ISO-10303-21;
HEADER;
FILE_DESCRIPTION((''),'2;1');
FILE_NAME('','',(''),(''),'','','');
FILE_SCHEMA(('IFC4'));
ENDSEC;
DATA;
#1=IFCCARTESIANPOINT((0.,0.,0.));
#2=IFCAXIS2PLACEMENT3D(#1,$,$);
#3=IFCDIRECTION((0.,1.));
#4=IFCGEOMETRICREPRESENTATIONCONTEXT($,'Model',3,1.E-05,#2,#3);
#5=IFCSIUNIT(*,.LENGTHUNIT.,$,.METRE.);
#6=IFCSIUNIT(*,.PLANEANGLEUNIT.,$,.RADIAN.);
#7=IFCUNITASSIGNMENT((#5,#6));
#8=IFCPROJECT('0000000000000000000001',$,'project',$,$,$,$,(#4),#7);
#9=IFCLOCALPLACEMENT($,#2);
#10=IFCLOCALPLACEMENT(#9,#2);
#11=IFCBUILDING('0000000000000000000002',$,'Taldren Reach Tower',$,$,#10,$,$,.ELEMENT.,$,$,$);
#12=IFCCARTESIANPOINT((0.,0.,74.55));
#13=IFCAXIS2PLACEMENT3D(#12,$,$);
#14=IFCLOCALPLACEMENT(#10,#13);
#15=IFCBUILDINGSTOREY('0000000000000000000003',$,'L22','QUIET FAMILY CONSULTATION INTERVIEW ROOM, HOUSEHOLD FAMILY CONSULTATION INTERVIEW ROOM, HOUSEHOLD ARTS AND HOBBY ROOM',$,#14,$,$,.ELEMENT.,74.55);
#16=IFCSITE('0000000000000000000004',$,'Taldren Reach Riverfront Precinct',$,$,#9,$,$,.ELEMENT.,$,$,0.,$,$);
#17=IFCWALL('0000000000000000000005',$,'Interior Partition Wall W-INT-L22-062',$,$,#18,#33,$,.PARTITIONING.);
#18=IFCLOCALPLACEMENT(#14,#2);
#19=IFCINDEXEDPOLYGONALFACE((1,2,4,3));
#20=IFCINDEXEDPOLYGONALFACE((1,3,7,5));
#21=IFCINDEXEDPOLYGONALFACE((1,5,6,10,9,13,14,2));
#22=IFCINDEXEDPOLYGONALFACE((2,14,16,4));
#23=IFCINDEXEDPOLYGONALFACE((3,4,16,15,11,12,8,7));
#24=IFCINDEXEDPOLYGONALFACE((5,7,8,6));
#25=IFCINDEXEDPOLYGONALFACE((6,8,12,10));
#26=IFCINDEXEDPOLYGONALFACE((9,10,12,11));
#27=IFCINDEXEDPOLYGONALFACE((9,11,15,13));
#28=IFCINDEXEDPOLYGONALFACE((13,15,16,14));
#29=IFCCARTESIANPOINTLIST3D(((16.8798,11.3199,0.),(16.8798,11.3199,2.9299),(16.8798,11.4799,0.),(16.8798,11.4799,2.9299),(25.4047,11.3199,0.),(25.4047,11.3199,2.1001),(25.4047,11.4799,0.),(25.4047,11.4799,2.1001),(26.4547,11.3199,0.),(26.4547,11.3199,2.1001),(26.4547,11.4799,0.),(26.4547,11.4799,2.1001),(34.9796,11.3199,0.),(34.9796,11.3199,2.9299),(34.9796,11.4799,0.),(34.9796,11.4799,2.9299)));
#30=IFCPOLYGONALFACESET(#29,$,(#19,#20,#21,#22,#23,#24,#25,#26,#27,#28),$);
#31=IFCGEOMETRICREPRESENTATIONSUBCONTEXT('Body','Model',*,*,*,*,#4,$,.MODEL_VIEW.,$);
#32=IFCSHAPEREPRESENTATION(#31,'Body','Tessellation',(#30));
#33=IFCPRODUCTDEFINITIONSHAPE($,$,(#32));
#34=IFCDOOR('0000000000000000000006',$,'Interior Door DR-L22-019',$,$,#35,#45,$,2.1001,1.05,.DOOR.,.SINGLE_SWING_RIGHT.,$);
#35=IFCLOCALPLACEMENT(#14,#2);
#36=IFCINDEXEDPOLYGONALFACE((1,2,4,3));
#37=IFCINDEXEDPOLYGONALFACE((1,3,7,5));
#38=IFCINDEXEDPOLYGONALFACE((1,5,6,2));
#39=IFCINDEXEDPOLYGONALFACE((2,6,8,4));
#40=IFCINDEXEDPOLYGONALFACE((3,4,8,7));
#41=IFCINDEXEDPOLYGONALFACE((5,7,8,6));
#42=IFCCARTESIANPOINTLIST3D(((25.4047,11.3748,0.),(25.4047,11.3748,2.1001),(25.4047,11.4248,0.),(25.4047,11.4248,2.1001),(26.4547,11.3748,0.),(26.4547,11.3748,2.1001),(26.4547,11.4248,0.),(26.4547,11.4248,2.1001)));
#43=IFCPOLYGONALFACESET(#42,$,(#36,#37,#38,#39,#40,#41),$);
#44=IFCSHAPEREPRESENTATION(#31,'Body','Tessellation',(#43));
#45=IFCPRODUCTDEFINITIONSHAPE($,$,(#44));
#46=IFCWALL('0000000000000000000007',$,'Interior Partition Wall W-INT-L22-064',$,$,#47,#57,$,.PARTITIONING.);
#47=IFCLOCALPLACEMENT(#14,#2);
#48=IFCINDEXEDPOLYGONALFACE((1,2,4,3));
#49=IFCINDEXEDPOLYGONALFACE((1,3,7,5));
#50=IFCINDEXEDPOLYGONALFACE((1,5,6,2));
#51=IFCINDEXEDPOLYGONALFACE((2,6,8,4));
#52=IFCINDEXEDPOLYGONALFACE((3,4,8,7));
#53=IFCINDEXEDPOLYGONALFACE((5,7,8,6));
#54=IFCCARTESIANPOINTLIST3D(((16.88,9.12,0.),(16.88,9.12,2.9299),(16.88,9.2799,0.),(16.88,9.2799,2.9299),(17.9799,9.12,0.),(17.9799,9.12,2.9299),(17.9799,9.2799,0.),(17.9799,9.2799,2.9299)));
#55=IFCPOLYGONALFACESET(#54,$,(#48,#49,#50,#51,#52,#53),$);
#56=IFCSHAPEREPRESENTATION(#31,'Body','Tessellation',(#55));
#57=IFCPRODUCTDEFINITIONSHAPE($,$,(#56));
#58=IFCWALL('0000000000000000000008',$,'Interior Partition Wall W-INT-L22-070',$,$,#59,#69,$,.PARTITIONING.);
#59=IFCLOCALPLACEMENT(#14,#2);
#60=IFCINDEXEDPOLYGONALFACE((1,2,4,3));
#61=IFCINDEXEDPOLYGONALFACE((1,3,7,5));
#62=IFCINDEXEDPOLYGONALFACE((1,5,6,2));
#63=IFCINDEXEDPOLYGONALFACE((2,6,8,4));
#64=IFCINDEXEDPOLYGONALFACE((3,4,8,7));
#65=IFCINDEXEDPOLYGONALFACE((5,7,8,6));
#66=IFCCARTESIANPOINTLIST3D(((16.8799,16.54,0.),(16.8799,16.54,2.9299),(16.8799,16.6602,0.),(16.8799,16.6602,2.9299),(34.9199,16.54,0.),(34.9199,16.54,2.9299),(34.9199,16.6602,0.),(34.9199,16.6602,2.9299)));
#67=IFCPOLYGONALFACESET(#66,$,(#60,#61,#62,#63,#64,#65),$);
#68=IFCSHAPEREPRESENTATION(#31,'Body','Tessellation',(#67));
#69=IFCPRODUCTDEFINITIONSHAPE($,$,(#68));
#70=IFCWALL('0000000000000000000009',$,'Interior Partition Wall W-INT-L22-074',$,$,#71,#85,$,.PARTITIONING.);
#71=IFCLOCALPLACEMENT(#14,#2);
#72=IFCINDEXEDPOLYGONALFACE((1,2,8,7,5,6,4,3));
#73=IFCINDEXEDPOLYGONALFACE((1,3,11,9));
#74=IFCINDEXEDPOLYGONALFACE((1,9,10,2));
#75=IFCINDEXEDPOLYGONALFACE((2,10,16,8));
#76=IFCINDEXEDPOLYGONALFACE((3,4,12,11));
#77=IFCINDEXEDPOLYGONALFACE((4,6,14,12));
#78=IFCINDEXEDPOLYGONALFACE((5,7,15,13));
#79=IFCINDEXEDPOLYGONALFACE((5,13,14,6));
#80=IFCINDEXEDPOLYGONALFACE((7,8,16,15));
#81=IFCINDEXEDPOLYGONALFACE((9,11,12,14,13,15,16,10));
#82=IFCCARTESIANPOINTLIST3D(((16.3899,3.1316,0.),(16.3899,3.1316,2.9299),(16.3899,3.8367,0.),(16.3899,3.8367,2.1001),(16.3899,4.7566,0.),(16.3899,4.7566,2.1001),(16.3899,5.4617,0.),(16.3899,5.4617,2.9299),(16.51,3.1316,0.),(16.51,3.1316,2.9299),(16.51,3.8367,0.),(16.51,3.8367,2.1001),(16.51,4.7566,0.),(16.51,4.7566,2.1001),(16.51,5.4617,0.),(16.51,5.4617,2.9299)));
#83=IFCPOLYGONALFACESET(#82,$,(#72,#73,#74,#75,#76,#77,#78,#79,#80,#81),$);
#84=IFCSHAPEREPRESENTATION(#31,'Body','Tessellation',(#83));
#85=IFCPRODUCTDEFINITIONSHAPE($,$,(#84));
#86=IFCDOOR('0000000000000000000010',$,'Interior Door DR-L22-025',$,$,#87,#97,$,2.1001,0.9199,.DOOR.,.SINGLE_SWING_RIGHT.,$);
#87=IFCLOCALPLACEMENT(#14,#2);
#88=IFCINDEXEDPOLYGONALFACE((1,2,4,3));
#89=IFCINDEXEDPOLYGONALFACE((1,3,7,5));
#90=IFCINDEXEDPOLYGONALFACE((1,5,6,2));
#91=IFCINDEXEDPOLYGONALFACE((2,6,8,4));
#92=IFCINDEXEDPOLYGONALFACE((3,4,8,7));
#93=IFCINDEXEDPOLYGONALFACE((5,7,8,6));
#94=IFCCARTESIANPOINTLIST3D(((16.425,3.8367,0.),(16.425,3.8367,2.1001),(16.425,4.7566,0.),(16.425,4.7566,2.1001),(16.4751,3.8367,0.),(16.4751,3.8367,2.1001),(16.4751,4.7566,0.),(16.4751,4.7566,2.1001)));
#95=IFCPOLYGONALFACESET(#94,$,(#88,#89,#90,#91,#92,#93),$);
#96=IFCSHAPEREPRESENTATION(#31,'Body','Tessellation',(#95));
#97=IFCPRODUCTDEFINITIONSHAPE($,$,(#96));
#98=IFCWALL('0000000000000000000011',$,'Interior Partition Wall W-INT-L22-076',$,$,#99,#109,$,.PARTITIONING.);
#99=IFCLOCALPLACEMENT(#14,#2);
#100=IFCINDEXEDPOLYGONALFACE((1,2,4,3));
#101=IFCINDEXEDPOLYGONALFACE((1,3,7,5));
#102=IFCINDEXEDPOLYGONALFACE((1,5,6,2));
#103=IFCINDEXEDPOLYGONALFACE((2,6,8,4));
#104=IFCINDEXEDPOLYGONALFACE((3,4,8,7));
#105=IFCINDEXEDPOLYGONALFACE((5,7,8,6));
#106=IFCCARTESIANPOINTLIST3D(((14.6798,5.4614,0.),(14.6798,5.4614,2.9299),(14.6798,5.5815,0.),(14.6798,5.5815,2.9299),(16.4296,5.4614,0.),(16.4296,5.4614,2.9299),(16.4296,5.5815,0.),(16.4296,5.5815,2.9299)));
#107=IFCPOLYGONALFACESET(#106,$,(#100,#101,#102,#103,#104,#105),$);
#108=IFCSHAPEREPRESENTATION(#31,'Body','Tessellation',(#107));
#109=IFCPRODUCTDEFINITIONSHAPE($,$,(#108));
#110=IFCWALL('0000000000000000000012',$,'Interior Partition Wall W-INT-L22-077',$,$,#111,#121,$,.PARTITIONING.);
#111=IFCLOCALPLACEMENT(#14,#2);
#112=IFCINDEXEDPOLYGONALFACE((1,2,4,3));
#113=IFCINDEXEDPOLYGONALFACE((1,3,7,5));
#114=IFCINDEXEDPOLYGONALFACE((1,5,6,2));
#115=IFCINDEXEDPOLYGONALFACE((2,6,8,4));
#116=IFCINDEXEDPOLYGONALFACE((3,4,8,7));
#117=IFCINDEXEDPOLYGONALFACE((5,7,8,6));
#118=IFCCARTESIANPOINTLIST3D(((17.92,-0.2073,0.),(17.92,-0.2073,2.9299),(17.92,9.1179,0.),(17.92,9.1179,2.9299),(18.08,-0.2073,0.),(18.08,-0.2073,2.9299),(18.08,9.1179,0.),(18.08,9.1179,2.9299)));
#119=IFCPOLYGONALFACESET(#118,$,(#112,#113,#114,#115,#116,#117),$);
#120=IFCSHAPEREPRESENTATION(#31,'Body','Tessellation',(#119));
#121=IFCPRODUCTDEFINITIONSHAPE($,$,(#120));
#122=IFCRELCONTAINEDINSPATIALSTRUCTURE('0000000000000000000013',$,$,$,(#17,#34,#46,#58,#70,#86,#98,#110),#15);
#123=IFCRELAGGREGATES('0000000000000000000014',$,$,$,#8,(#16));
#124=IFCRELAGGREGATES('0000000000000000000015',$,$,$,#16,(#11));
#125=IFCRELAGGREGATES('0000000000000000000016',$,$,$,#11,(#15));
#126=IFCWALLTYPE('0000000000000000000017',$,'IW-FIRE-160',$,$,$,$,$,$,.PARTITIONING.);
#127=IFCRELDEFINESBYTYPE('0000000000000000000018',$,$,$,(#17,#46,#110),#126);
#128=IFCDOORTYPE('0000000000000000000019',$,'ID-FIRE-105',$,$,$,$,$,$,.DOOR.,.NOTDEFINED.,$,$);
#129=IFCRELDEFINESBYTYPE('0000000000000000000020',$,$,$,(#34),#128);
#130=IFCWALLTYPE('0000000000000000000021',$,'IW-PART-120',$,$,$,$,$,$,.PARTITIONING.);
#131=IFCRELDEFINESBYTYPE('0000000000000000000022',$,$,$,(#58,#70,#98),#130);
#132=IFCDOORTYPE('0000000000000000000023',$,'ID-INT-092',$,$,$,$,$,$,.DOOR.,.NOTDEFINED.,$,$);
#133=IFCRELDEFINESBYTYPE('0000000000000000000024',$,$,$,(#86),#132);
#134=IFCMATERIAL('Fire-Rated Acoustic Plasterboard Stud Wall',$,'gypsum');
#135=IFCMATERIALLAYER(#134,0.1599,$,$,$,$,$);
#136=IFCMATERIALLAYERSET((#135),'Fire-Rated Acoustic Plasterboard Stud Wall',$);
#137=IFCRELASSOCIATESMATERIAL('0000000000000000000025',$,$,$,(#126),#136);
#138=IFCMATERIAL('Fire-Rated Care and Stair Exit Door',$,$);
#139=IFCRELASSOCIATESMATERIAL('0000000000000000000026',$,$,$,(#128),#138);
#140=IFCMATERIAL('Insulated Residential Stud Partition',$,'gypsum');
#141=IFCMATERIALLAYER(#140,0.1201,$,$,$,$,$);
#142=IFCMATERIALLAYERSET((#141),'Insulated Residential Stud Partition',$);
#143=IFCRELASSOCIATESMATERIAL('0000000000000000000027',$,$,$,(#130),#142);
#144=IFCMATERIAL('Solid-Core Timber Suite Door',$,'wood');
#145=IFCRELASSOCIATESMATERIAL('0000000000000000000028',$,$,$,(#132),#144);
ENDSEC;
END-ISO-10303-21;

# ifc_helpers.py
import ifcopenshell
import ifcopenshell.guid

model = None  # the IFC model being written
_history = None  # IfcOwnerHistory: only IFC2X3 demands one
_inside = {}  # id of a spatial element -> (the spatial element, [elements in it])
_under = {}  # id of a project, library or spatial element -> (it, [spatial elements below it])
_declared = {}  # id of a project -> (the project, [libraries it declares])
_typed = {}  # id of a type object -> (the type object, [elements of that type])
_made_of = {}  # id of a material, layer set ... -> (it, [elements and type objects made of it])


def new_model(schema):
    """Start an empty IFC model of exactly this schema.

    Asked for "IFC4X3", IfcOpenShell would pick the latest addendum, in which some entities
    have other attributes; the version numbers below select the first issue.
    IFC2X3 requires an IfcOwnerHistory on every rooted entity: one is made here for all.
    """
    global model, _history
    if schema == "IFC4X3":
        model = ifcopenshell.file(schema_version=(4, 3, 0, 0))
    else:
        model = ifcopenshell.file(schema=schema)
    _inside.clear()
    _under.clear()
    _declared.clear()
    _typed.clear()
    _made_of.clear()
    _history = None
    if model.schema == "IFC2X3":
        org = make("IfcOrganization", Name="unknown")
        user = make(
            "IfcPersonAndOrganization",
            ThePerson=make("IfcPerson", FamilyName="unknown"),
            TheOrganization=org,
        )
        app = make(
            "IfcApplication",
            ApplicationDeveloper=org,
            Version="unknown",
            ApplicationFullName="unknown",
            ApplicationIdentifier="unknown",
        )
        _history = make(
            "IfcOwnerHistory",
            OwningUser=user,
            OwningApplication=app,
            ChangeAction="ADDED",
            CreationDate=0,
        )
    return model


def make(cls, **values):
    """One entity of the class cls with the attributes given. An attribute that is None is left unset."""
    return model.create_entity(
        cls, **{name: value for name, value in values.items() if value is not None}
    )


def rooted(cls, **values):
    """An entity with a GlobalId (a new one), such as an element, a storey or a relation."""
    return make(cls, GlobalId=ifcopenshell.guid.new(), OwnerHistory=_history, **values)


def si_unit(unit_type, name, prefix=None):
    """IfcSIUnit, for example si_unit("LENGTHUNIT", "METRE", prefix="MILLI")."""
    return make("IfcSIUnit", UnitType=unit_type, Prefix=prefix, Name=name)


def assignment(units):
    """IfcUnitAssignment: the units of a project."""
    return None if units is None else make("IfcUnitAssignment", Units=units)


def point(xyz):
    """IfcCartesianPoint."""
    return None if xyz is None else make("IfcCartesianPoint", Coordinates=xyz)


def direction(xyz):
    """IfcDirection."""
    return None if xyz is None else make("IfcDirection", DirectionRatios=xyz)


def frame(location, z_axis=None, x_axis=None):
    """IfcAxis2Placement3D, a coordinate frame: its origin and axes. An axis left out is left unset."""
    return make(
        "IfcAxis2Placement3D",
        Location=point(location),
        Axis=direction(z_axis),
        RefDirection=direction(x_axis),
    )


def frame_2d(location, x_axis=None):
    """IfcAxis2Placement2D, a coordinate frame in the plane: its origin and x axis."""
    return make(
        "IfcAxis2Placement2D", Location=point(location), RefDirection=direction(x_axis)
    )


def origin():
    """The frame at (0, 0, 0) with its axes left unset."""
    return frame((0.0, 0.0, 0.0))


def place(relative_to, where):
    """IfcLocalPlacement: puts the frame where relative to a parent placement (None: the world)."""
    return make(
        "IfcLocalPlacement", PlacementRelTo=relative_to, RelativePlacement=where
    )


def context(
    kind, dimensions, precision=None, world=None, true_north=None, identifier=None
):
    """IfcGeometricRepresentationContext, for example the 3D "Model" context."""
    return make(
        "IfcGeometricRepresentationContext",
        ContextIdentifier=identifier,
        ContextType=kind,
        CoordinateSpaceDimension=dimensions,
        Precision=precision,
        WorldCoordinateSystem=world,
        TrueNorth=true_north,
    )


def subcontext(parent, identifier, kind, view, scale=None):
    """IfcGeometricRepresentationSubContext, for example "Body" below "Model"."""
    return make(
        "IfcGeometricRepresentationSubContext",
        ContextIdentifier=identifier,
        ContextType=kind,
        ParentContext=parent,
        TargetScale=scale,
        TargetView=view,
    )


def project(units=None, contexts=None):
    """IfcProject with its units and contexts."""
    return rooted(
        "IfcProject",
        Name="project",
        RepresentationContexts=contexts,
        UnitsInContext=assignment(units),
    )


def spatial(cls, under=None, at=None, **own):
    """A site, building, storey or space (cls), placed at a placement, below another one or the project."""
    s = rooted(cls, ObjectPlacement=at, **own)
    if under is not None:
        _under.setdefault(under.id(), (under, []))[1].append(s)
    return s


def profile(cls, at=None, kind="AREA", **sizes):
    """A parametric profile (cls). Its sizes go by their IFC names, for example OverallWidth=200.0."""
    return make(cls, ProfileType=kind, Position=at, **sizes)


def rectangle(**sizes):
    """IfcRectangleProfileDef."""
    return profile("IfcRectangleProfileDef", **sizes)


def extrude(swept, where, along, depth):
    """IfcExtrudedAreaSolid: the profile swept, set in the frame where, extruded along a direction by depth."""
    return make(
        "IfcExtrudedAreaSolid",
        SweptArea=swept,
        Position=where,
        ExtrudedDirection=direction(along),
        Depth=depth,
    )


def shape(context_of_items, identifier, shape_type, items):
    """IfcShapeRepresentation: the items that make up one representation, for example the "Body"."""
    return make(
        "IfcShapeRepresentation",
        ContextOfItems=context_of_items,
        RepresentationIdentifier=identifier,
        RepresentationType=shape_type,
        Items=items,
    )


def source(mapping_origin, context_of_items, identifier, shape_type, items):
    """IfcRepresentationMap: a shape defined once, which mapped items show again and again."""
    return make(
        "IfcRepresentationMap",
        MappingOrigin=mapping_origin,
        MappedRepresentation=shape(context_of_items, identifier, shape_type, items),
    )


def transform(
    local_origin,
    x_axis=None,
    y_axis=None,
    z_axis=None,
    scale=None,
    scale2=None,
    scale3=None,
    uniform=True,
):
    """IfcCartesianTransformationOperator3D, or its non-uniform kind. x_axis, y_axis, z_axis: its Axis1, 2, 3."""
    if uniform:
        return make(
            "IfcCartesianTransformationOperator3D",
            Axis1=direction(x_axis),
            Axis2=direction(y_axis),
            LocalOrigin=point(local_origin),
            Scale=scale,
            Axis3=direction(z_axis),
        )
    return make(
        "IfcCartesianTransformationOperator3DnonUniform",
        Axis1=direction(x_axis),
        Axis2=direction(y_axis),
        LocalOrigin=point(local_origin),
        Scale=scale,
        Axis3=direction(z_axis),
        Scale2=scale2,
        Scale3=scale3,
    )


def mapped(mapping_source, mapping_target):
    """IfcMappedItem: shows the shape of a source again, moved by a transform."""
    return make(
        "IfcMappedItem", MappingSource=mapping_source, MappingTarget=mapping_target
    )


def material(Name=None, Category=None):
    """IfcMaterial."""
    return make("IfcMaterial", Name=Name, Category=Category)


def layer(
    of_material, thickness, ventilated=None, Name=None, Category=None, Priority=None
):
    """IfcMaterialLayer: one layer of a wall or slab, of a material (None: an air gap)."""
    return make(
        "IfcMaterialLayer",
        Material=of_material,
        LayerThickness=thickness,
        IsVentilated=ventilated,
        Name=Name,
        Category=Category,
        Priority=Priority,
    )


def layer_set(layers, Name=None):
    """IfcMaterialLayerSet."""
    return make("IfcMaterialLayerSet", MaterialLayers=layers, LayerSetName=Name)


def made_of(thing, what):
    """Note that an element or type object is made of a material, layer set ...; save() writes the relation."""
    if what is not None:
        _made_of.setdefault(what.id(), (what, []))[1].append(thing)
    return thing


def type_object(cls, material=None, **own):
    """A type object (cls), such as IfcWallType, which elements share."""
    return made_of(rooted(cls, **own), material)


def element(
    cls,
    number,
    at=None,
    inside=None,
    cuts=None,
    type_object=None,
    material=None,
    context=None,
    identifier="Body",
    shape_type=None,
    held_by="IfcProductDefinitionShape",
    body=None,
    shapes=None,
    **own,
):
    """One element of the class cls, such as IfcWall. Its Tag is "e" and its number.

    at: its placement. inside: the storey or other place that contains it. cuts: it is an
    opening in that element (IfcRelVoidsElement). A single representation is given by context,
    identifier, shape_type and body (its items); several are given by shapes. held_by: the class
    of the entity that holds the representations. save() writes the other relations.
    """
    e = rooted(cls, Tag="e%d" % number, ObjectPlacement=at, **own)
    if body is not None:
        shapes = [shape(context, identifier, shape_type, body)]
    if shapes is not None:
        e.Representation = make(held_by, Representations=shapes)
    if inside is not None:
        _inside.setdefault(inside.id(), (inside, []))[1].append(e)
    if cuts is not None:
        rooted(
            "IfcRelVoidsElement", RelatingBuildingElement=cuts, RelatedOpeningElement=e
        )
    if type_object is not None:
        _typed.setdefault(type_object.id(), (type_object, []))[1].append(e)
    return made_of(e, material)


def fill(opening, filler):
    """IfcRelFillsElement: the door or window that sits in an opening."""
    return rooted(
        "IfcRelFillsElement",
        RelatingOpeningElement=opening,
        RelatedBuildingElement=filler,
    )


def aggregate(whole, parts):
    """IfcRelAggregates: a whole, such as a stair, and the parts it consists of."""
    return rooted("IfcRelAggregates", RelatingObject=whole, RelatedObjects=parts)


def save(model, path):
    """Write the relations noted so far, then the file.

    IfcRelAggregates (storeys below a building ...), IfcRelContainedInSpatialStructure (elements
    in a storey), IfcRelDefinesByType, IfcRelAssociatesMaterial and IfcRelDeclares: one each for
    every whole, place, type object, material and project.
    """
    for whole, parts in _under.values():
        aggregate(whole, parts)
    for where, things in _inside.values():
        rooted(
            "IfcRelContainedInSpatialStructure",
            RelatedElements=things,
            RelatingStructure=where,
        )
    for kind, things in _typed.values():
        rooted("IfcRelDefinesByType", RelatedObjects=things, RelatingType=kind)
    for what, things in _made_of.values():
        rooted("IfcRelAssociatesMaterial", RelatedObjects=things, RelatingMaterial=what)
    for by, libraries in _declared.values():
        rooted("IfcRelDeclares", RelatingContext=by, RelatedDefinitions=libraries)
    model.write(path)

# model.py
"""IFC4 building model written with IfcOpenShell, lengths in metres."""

from ifc_helpers import new_model, si_unit, direction, frame, frame_2d, origin, place, context, subcontext, project, spatial, rectangle, extrude, source, transform, mapped, material, layer, layer_set, type_object, element, fill, save


model = new_model("IFC4")

# Units and contexts
model_context = context("Model", 3, precision=1e-05, world=origin(), true_north=direction((0.0, 1.0)))
body_context = subcontext(model_context, "Body", "Model", "MODEL_VIEW")
ifc_project = project(units=[si_unit("LENGTHUNIT", "METRE"), si_unit("PLANEANGLEUNIT", "RADIAN")], contexts=[model_context])

# Site, building, storey
site_placement = place(None, origin())
site = spatial("IfcSite", under=ifc_project, at=site_placement, Name="Taldren Reach Riverfront Precinct", CompositionType="ELEMENT", RefElevation=0.0)
building_placement = place(site_placement, origin())
building = spatial("IfcBuilding", under=site, at=building_placement, Name="Taldren Reach Tower", CompositionType="ELEMENT")
storey_placement = place(building_placement, frame((0.0, 0.0, 74.55)))
storey = spatial("IfcBuildingStorey", under=building, at=storey_placement, Name="L22", Description="QUIET FAMILY CONSULTATION INTERVIEW ROOM, HOUSEHOLD FAMILY CONSULTATION INTERVIEW ROOM, HOUSEHOLD ARTS AND HOBBY ROOM", CompositionType="ELEMENT", Elevation=74.55)

# Shared definitions
ifc_material_1 = material(Name="Fire-Rated Acoustic Plasterboard Stud Wall", Category="gypsum")
ifc_layer_1 = layer(ifc_material_1, 0.1599)
ifc_layer_set_1 = layer_set([ifc_layer_1], Name="Fire-Rated Acoustic Plasterboard Stud Wall")
wall_type_1 = type_object("IfcWallType", Name="IW-FIRE-160", PredefinedType="PARTITIONING", material=ifc_layer_set_1)
shared_shape_1 = source(origin(), body_context, "Body", "SweptSolid", [
    extrude(rectangle(XDim=1.05, YDim=2.1001, at=frame_2d((0.5249, 1.05))), frame((0.0, 0.0898, 0.0), z_axis=(0.0, -1.0, 0.0), x_axis=(1.0, 0.0, 0.0)), (0.0, 0.0, 1.0), 0.1799),
])
ifc_material_2 = material(Name="Fire-Rated Care and Stair Exit Door")
door_type_1 = type_object("IfcDoorType", Name="ID-FIRE-105", OperationType="NOTDEFINED", PredefinedType="DOOR", material=ifc_material_2)
shared_shape_2 = source(origin(), body_context, "Body", "SweptSolid", [
    extrude(rectangle(XDim=1.05, YDim=2.1001, at=frame_2d((0.5249, 1.05))), frame((0.0, 0.0249, 0.0), z_axis=(0.0, -1.0, 0.0), x_axis=(1.0, 0.0, 0.0)), (0.0, 0.0, 1.0), 0.05),
])

# Wall, opening, door
shared_shape_3 = source(origin(), body_context, "Body", "SweptSolid", [
    extrude(rectangle(XDim=18.0999, YDim=0.1599, at=frame_2d((9.0498, 0.0))), origin(), (0.0, 0.0, 1.0), 2.9299),
])
wall_1_placement = place(storey_placement, frame((16.8799, 11.3999, 0.0), z_axis=(0.0, 0.0, 1.0), x_axis=(1.0, 0.0, 0.0)))
wall_1 = element("IfcWall", 1, at=wall_1_placement, inside=storey, type_object=wall_type_1, Name="Interior Partition Wall W-INT-L22-062", PredefinedType="PARTITIONING", context=body_context, shape_type="MappedRepresentation", body=[
    mapped(shared_shape_3, transform((0.0, 0.0, 0.0), scale=1.0)),
])
opening_1_placement = place(wall_1_placement, frame((8.5249, 0.0, 0.0)))
opening_1 = element("IfcOpeningElement", 2, at=opening_1_placement, cuts=wall_1, PredefinedType="OPENING", context=body_context, shape_type="MappedRepresentation", body=[
    mapped(shared_shape_1, transform((0.0, 0.0, 0.0), scale=1.0)),
])
door_1_placement = place(opening_1_placement, origin())
door_1 = element("IfcDoor", 3, at=door_1_placement, inside=storey, type_object=door_type_1, Name="Interior Door DR-L22-019", OperationType="SINGLE_SWING_RIGHT", OverallHeight=2.1001, OverallWidth=1.05, PredefinedType="DOOR", context=body_context, shape_type="MappedRepresentation", body=[
    mapped(shared_shape_2, transform((0.0, 0.0, 0.0), scale=1.0)),
])
fill(opening_1, door_1)

# Walls
shared_shape_4 = source(origin(), body_context, "Body", "SweptSolid", [
    extrude(rectangle(XDim=1.0999, YDim=0.1599, at=frame_2d((0.5498, 0.0))), origin(), (0.0, 0.0, 1.0), 2.9299),
])
wall_2_placement = place(storey_placement, frame((17.9797, 9.2, 0.0), z_axis=(0.0, 0.0, 1.0), x_axis=(-1.0, 0.0, 0.0)))
element("IfcWall", 4, at=wall_2_placement, inside=storey, type_object=wall_type_1, Name="Interior Partition Wall W-INT-L22-064", PredefinedType="PARTITIONING", context=body_context, shape_type="MappedRepresentation", body=[
    mapped(shared_shape_4, transform((0.0, 0.0, 0.0), scale=1.0)),
])
ifc_material_3 = material(Name="Insulated Residential Stud Partition", Category="gypsum")
ifc_layer_2 = layer(ifc_material_3, 0.1201)
ifc_layer_set_2 = layer_set([ifc_layer_2], Name="Insulated Residential Stud Partition")
wall_type_2 = type_object("IfcWallType", Name="IW-PART-120", PredefinedType="PARTITIONING", material=ifc_layer_set_2)
shared_shape_5 = source(origin(), body_context, "Body", "SweptSolid", [
    extrude(rectangle(XDim=18.04, YDim=0.1201, at=frame_2d((9.02, 0.0))), origin(), (0.0, 0.0, 1.0), 2.9299),
])
wall_3_placement = place(storey_placement, frame((16.8799, 16.6001, 0.0), z_axis=(0.0, 0.0, 1.0), x_axis=(1.0, 0.0, 0.0)))
element("IfcWall", 5, at=wall_3_placement, inside=storey, type_object=wall_type_2, Name="Interior Partition Wall W-INT-L22-070", PredefinedType="PARTITIONING", context=body_context, shape_type="MappedRepresentation", body=[
    mapped(shared_shape_5, transform((0.0, 0.0, 0.0), scale=1.0)),
])

# Wall, opening, door
shared_shape_6 = source(origin(), body_context, "Body", "SweptSolid", [
    extrude(rectangle(XDim=2.3301, YDim=0.1201, at=frame_2d((1.165, 0.0))), origin(), (0.0, 0.0, 1.0), 2.9299),
])
wall_4_placement = place(storey_placement, frame((16.45, 3.1316, 0.0), z_axis=(0.0, 0.0, 1.0), x_axis=(0.0, 1.0, 0.0)))
wall_4 = element("IfcWall", 6, at=wall_4_placement, inside=storey, type_object=wall_type_2, Name="Interior Partition Wall W-INT-L22-074", PredefinedType="PARTITIONING", context=body_context, shape_type="MappedRepresentation", body=[
    mapped(shared_shape_6, transform((0.0, 0.0, 0.0), scale=1.0)),
])
shared_shape_7 = source(origin(), body_context, "Body", "SweptSolid", [
    extrude(rectangle(XDim=0.9199, YDim=2.1001, at=frame_2d((0.46, 1.05))), frame((0.0, 0.0701, 0.0), z_axis=(0.0, -1.0, 0.0), x_axis=(1.0, 0.0, 0.0)), (0.0, 0.0, 1.0), 0.1401),
])
opening_2_placement = place(wall_4_placement, frame((0.7051, 0.0, 0.0)))
opening_2 = element("IfcOpeningElement", 7, at=opening_2_placement, cuts=wall_4, PredefinedType="OPENING", context=body_context, shape_type="MappedRepresentation", body=[
    mapped(shared_shape_7, transform((0.0, 0.0, 0.0), scale=1.0)),
])
ifc_material_4 = material(Name="Solid-Core Timber Suite Door", Category="wood")
door_type_2 = type_object("IfcDoorType", Name="ID-INT-092", OperationType="NOTDEFINED", PredefinedType="DOOR", material=ifc_material_4)
shared_shape_8 = source(origin(), body_context, "Body", "SweptSolid", [
    extrude(rectangle(XDim=0.9199, YDim=2.1001, at=frame_2d((0.46, 1.05))), frame((0.0, 0.0249, 0.0), z_axis=(0.0, -1.0, 0.0), x_axis=(1.0, 0.0, 0.0)), (0.0, 0.0, 1.0), 0.05),
])
door_2_placement = place(opening_2_placement, origin())
door_2 = element("IfcDoor", 8, at=door_2_placement, inside=storey, type_object=door_type_2, Name="Interior Door DR-L22-025", OperationType="SINGLE_SWING_RIGHT", OverallHeight=2.1001, OverallWidth=0.9199, PredefinedType="DOOR", context=body_context, shape_type="MappedRepresentation", body=[
    mapped(shared_shape_8, transform((0.0, 0.0, 0.0), scale=1.0)),
])
fill(opening_2, door_2)

# Walls
shared_shape_9 = source(origin(), body_context, "Body", "SweptSolid", [
    extrude(rectangle(XDim=1.7498, YDim=0.1201, at=frame_2d((0.875, 0.0))), origin(), (0.0, 0.0, 1.0), 2.9299),
])
wall_5_placement = place(storey_placement, frame((16.4297, 5.5215, 0.0), z_axis=(0.0, 0.0, 1.0), x_axis=(-1.0, 0.0, 0.0)))
element("IfcWall", 9, at=wall_5_placement, inside=storey, type_object=wall_type_2, Name="Interior Partition Wall W-INT-L22-076", PredefinedType="PARTITIONING", context=body_context, shape_type="MappedRepresentation", body=[
    mapped(shared_shape_9, transform((0.0, 0.0, 0.0), scale=1.0)),
])
shared_shape_10 = source(origin(), body_context, "Body", "SweptSolid", [
    extrude(rectangle(XDim=9.3252, YDim=0.1599, at=frame_2d((4.6626, 0.0))), origin(), (0.0, 0.0, 1.0), 2.9299),
])
wall_6_placement = place(storey_placement, frame((18.0, 9.1179, 0.0), z_axis=(0.0, 0.0, 1.0), x_axis=(0.0, -1.0, 0.0)))
element("IfcWall", 10, at=wall_6_placement, inside=storey, type_object=wall_type_1, Name="Interior Partition Wall W-INT-L22-077", PredefinedType="PARTITIONING", context=body_context, shape_type="MappedRepresentation", body=[
    mapped(shared_shape_10, transform((0.0, 0.0, 0.0), scale=1.0)),
])

save(model, "model.ifc")
